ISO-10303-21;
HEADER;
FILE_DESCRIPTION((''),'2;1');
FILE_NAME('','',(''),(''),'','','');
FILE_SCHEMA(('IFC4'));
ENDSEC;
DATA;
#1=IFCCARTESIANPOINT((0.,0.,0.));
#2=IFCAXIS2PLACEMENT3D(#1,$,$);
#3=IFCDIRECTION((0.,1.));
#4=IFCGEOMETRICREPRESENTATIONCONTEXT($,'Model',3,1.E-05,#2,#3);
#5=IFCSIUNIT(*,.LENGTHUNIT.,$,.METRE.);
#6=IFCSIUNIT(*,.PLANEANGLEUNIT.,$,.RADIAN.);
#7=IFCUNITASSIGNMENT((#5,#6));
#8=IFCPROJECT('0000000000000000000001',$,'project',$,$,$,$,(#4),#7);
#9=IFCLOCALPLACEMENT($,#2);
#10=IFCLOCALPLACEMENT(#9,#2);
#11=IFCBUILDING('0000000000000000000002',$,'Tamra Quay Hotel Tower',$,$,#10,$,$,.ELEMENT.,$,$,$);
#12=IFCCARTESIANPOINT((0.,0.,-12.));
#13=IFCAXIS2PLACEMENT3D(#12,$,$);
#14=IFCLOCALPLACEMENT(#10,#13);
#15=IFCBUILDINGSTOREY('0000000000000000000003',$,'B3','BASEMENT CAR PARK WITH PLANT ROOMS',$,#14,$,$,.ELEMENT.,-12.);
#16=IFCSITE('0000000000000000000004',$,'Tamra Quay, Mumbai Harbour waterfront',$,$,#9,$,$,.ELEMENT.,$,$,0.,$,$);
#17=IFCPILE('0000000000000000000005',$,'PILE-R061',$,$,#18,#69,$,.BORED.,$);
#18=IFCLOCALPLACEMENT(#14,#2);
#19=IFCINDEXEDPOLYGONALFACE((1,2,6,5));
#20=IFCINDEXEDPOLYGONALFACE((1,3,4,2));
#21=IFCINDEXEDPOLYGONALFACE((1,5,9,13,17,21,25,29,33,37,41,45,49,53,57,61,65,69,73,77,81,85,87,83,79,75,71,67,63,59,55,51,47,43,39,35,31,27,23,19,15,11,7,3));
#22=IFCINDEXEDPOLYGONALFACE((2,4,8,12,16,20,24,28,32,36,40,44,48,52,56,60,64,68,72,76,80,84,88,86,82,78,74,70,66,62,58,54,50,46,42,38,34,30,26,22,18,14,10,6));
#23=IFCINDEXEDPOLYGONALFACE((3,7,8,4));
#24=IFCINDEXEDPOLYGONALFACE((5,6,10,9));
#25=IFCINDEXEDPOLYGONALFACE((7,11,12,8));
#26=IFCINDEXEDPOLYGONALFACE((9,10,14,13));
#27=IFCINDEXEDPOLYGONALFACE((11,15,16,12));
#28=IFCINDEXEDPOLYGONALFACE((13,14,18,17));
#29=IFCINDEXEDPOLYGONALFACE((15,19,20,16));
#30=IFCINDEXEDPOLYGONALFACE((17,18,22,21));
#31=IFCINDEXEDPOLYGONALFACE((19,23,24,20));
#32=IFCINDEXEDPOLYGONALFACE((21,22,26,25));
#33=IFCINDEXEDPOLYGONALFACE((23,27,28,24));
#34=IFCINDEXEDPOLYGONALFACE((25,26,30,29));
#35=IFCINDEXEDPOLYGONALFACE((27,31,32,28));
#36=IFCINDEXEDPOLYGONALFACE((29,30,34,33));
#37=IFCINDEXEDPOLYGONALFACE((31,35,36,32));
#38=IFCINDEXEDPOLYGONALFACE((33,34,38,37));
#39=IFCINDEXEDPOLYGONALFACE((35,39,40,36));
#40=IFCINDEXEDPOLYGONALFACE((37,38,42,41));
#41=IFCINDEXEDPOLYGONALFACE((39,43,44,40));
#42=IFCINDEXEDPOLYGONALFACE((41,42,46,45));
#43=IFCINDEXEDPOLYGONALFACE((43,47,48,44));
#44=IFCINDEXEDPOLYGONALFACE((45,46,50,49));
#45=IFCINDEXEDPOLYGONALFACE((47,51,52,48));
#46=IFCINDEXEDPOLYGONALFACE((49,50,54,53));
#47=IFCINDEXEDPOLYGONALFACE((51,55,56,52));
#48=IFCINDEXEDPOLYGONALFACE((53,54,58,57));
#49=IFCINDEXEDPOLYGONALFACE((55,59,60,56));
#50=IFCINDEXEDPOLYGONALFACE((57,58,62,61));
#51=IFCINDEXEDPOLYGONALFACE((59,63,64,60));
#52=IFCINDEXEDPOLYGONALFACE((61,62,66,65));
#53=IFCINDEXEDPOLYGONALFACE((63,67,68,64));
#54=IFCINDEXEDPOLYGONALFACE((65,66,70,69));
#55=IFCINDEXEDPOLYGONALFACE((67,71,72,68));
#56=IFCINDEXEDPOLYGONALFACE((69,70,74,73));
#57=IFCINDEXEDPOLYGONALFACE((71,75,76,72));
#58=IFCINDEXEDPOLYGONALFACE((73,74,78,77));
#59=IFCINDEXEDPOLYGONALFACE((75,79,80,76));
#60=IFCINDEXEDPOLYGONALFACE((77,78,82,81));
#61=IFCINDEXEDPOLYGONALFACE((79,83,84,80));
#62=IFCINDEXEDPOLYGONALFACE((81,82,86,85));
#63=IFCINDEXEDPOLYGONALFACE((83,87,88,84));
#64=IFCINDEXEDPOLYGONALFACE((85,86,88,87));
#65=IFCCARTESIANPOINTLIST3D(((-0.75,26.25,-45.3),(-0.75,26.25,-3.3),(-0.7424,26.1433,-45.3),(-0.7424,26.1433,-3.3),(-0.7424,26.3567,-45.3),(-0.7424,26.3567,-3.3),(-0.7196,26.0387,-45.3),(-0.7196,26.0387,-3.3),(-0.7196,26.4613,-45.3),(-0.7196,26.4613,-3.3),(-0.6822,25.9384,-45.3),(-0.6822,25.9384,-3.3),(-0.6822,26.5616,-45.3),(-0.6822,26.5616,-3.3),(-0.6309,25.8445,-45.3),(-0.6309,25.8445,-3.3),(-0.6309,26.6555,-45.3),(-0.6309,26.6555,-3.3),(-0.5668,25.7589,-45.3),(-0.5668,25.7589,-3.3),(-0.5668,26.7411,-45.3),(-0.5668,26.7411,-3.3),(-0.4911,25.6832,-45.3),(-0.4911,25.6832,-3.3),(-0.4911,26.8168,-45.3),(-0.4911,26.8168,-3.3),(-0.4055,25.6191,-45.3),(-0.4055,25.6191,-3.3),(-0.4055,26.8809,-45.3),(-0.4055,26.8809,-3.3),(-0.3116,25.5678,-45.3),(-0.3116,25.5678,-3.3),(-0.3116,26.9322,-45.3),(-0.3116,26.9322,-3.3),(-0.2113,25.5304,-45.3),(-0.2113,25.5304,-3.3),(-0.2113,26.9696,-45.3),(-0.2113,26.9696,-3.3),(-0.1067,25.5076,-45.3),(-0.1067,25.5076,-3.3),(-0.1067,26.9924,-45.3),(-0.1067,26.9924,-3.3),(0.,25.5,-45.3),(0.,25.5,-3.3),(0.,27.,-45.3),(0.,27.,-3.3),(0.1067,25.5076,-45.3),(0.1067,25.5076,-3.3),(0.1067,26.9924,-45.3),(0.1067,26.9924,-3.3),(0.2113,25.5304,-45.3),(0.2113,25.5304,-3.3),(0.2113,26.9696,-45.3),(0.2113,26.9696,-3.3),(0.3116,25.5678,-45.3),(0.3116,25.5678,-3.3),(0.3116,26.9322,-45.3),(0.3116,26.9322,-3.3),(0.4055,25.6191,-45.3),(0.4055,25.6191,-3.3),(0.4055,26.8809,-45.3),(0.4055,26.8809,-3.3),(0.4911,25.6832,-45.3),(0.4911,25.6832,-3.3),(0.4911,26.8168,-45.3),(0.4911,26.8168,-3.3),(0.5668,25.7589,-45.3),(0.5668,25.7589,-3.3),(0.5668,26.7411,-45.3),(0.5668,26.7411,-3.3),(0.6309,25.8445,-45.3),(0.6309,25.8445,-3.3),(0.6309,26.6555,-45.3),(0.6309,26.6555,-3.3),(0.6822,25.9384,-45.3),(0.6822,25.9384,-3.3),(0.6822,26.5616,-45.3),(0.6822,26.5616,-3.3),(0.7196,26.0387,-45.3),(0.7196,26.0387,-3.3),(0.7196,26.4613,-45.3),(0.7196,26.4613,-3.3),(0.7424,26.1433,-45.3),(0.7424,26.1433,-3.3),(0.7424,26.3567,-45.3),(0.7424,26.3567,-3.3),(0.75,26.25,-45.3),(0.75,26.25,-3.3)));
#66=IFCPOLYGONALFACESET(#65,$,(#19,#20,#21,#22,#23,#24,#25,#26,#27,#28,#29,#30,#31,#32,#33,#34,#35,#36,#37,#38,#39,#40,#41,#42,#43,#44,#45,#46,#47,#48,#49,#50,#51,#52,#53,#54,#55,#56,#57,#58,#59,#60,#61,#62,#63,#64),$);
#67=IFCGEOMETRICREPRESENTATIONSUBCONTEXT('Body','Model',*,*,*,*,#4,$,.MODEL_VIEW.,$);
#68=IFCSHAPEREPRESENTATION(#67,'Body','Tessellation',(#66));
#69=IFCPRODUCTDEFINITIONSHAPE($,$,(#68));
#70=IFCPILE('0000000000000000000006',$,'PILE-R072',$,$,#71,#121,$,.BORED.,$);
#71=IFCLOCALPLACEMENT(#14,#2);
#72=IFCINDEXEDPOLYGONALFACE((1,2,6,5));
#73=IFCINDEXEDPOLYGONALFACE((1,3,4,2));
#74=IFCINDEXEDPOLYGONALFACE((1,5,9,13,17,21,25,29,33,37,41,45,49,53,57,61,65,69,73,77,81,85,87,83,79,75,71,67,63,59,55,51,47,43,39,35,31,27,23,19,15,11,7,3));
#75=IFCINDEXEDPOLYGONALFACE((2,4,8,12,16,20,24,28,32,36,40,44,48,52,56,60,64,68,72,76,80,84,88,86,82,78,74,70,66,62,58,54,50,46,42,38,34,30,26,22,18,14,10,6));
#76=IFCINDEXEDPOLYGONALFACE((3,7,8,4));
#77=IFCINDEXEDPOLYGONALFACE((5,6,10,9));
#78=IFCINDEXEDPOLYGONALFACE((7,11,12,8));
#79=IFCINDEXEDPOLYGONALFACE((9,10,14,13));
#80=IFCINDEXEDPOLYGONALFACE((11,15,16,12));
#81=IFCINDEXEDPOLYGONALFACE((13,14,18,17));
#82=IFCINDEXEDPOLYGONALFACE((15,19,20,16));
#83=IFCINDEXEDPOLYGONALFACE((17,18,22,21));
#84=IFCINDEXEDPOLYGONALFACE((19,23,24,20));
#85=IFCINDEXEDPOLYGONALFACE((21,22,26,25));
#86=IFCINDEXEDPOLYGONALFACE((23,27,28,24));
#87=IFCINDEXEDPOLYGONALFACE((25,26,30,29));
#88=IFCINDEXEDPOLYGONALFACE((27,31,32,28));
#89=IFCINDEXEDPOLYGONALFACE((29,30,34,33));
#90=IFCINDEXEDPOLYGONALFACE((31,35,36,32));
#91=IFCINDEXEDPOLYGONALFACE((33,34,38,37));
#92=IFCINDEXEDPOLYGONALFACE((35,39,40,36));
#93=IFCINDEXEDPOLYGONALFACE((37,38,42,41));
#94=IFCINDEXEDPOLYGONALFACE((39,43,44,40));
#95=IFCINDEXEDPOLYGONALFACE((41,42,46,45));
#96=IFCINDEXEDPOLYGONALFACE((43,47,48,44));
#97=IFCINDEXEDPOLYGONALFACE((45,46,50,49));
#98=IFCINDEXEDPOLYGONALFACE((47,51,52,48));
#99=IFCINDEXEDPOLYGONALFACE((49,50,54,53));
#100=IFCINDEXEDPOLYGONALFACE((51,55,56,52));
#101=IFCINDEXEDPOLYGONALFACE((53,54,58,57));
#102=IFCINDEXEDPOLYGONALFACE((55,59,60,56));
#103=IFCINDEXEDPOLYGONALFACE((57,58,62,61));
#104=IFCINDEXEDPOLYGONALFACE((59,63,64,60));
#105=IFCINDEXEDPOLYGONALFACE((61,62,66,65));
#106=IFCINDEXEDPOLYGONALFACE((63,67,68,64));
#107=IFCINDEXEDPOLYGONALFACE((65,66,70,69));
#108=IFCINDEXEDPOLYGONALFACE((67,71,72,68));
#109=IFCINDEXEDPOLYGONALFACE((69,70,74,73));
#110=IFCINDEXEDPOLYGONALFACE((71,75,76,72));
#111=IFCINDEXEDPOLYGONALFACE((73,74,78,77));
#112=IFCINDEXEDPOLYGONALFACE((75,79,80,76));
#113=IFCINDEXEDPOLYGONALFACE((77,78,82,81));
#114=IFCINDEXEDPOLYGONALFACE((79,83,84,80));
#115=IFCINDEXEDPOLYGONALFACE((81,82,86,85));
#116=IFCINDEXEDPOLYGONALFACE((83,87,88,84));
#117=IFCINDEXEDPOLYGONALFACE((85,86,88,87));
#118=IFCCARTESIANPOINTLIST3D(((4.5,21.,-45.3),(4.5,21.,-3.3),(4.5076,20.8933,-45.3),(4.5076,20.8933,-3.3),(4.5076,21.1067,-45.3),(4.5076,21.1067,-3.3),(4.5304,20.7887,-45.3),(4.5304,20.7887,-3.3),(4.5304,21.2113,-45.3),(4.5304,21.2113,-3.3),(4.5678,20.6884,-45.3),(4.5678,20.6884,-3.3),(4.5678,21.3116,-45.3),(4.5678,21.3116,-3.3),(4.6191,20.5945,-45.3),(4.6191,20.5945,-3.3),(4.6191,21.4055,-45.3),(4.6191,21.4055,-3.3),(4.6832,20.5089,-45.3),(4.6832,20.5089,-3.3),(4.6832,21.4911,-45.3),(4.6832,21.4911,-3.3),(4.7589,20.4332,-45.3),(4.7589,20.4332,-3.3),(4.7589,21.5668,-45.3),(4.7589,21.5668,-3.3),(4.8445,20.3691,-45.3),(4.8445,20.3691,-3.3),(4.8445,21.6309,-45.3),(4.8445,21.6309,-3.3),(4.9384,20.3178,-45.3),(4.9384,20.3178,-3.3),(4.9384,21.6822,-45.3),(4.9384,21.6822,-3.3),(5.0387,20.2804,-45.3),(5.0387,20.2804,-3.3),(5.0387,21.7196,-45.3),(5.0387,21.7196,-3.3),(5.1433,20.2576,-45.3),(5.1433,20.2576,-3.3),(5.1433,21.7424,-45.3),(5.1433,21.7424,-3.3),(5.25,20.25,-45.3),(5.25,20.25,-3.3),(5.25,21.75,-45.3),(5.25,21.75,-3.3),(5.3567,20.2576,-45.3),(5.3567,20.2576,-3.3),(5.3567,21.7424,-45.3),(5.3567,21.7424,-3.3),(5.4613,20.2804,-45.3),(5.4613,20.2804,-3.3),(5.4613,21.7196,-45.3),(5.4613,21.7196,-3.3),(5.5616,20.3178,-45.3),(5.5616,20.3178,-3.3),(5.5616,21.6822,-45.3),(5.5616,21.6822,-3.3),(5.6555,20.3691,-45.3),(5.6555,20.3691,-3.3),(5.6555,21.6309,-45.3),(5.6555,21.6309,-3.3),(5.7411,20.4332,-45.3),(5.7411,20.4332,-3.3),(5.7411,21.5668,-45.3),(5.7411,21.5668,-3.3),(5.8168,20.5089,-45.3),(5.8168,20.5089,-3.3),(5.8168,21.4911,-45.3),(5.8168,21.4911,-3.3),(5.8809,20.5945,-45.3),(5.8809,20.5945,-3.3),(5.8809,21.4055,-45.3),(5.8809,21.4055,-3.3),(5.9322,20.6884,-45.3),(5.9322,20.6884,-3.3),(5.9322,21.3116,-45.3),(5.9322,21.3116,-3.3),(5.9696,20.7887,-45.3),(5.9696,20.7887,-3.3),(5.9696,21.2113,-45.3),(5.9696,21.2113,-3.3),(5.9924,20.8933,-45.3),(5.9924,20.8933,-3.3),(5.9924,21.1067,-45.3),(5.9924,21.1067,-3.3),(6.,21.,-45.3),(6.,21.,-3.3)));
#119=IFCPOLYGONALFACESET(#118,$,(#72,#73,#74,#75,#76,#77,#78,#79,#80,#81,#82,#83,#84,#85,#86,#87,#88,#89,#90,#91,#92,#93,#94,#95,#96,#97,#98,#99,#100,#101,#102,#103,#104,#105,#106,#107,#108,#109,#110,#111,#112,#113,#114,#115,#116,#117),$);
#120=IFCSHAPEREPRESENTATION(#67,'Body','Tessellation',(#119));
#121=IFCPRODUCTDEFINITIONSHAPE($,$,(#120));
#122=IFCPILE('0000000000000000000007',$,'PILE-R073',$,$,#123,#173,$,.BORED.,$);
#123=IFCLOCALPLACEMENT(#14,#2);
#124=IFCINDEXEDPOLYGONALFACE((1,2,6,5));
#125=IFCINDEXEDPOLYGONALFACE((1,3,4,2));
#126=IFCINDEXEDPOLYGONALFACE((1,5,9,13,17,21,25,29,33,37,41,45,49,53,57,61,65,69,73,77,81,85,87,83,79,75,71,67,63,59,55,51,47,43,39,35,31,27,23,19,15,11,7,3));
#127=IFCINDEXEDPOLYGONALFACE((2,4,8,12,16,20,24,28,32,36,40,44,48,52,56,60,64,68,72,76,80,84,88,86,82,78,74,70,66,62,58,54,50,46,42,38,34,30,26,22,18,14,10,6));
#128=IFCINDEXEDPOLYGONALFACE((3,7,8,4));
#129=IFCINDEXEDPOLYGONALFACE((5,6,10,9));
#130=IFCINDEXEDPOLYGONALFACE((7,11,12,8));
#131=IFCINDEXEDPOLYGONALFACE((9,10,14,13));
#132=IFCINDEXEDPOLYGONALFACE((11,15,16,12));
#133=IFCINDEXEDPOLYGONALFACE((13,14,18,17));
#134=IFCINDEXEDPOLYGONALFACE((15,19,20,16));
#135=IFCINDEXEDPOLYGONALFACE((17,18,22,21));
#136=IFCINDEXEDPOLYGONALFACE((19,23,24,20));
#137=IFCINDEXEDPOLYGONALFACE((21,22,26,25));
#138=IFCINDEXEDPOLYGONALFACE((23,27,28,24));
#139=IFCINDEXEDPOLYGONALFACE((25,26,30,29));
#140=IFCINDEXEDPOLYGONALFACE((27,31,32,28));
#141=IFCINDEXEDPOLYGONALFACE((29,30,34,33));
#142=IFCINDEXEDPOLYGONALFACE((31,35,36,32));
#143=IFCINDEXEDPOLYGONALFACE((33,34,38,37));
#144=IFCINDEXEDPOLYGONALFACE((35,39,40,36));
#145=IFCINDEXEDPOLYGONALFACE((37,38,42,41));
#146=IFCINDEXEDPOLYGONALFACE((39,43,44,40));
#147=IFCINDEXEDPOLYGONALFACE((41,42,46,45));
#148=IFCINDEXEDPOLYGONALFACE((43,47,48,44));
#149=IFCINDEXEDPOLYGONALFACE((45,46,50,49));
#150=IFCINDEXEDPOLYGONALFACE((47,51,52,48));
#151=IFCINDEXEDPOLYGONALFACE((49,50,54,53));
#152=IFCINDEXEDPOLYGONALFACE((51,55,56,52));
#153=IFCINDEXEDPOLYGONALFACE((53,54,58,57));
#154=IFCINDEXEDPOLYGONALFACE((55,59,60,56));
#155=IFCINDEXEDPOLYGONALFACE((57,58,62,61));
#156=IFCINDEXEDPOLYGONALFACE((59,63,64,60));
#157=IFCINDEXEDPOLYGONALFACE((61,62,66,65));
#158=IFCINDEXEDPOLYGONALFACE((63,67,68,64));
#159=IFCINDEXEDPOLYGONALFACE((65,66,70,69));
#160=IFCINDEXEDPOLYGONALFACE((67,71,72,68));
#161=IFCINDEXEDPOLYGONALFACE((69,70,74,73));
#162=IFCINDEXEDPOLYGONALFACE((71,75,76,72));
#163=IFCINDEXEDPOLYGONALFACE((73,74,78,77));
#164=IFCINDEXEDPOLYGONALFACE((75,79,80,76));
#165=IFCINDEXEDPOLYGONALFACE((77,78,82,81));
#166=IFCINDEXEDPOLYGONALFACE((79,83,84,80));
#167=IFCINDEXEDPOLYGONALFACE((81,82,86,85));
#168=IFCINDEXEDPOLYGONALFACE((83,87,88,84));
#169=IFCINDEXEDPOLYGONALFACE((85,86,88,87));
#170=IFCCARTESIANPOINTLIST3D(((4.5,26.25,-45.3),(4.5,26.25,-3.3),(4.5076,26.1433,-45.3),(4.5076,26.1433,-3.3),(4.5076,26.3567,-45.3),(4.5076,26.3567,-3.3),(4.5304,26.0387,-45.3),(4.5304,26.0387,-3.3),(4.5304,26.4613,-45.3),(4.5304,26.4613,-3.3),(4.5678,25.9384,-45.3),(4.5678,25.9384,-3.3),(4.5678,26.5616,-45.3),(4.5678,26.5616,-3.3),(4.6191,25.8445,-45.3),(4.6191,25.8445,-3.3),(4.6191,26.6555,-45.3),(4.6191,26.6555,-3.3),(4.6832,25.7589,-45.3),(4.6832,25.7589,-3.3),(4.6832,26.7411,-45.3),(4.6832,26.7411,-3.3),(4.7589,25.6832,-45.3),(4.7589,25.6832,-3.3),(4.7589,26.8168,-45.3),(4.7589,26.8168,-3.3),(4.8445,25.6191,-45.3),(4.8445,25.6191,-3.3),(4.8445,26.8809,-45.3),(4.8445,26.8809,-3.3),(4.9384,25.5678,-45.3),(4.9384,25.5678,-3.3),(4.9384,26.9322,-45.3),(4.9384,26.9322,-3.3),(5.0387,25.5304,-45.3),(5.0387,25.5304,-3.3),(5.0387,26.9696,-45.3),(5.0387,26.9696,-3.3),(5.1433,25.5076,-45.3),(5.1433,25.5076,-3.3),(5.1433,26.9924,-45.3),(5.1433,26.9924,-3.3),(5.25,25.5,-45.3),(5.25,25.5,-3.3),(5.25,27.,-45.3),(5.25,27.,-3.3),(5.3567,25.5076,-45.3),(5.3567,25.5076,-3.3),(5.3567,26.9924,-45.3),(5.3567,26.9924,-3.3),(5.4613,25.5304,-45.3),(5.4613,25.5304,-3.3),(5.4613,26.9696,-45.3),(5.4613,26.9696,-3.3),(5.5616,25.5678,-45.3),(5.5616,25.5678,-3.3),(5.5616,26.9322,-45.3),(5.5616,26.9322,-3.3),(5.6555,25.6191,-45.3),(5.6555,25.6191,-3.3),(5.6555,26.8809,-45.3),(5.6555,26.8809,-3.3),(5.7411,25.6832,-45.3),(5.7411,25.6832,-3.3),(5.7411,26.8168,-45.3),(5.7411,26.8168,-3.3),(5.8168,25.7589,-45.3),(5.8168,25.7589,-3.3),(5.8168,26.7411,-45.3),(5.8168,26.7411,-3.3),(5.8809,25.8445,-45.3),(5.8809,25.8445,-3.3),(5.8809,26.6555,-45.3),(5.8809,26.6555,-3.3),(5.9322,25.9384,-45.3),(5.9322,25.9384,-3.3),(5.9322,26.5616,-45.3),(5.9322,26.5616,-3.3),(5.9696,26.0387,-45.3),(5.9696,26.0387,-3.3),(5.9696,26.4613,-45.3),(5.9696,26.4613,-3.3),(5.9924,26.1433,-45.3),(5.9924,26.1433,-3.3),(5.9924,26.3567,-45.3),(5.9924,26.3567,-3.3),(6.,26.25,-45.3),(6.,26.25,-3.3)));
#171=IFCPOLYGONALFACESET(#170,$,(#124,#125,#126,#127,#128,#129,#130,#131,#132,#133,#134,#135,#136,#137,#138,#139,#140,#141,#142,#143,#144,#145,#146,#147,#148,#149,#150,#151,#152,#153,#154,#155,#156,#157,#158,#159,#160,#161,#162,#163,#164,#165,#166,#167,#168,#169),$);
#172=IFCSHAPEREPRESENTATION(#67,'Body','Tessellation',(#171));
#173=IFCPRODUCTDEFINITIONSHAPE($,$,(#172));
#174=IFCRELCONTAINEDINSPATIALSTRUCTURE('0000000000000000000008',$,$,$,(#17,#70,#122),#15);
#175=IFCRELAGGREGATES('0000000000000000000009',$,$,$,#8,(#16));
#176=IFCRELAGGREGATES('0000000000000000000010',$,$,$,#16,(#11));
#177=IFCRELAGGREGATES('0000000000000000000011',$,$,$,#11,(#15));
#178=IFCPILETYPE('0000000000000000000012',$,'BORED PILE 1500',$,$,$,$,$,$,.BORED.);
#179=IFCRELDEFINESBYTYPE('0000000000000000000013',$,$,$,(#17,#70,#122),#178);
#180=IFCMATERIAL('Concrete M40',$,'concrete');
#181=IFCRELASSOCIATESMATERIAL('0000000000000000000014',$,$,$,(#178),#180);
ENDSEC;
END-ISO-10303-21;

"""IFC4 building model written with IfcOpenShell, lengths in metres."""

from ifc_helpers import new_model, si_unit, direction, frame, origin, origin_2d, place, context, subcontext, project, spatial, circle, extrude, material, material_profile, profile_set, type_object, element, save


model = new_model("IFC4")

# Units and contexts
model_context = context("Model", 3, precision=1e-05, world=origin(), true_north=direction((0.0, 1.0)))
body_context = subcontext(model_context, "Body", "Model", "MODEL_VIEW")
ifc_project = project(units=[si_unit("LENGTHUNIT", "METRE"), si_unit("PLANEANGLEUNIT", "RADIAN")], contexts=[model_context])

# Site, building, storey
site_placement = place(None, origin())
site = spatial("IfcSite", under=ifc_project, at=site_placement, Name="Tamra Quay, Mumbai Harbour waterfront", CompositionType="ELEMENT", RefElevation=0.0)
building_placement = place(site_placement, origin())
building = spatial("IfcBuilding", under=site, at=building_placement, Name="Tamra Quay Hotel Tower", CompositionType="ELEMENT")
storey_placement = place(building_placement, frame((0.0, 0.0, -12.0)))
storey = spatial("IfcBuildingStorey", under=building, at=storey_placement, Name="B3", Description="BASEMENT CAR PARK WITH PLANT ROOMS", CompositionType="ELEMENT", Elevation=-12.0)

# Piles
ifc_material_1 = material(Name="Concrete M40", Category="concrete")
ifc_material_profile_1 = material_profile(ifc_material_1, circle(Radius=0.75, at=origin_2d()), Name="BORED PILE 1500")
ifc_profile_set_1 = profile_set([ifc_material_profile_1], Name="Concrete M40")
pile_type_1 = type_object("IfcPileType", Name="BORED PILE 1500", PredefinedType="BORED", material=ifc_profile_set_1)
for number, where, z_axis, x_axis, name in (
    (1, (0.0, 26.25, -3.3), (0.0, 0.0, -1.0), (1.0, 0.0, 0.0), "PILE-R061"),
    (2, (5.25, 21.0, -3.3), (0.0, 0.0, -1.0), (1.0, 0.0, 0.0), "PILE-R072"),
    (3, (5.25, 26.25, -3.3), (0.0, 0.0, -1.0), (1.0, 0.0, 0.0), "PILE-R073"),
):
    element("IfcPile", number, at=place(storey_placement, frame(where, z_axis=z_axis, x_axis=x_axis)), inside=storey, type_object=pile_type_1, Name=name, PredefinedType="BORED", context=body_context, shape_type="SweptSolid", body=[
        extrude(circle(Radius=0.75, at=origin_2d()), origin(), (0.0, 0.0, 1.0), 42.0),
    ])

save(model, "model.ifc")
